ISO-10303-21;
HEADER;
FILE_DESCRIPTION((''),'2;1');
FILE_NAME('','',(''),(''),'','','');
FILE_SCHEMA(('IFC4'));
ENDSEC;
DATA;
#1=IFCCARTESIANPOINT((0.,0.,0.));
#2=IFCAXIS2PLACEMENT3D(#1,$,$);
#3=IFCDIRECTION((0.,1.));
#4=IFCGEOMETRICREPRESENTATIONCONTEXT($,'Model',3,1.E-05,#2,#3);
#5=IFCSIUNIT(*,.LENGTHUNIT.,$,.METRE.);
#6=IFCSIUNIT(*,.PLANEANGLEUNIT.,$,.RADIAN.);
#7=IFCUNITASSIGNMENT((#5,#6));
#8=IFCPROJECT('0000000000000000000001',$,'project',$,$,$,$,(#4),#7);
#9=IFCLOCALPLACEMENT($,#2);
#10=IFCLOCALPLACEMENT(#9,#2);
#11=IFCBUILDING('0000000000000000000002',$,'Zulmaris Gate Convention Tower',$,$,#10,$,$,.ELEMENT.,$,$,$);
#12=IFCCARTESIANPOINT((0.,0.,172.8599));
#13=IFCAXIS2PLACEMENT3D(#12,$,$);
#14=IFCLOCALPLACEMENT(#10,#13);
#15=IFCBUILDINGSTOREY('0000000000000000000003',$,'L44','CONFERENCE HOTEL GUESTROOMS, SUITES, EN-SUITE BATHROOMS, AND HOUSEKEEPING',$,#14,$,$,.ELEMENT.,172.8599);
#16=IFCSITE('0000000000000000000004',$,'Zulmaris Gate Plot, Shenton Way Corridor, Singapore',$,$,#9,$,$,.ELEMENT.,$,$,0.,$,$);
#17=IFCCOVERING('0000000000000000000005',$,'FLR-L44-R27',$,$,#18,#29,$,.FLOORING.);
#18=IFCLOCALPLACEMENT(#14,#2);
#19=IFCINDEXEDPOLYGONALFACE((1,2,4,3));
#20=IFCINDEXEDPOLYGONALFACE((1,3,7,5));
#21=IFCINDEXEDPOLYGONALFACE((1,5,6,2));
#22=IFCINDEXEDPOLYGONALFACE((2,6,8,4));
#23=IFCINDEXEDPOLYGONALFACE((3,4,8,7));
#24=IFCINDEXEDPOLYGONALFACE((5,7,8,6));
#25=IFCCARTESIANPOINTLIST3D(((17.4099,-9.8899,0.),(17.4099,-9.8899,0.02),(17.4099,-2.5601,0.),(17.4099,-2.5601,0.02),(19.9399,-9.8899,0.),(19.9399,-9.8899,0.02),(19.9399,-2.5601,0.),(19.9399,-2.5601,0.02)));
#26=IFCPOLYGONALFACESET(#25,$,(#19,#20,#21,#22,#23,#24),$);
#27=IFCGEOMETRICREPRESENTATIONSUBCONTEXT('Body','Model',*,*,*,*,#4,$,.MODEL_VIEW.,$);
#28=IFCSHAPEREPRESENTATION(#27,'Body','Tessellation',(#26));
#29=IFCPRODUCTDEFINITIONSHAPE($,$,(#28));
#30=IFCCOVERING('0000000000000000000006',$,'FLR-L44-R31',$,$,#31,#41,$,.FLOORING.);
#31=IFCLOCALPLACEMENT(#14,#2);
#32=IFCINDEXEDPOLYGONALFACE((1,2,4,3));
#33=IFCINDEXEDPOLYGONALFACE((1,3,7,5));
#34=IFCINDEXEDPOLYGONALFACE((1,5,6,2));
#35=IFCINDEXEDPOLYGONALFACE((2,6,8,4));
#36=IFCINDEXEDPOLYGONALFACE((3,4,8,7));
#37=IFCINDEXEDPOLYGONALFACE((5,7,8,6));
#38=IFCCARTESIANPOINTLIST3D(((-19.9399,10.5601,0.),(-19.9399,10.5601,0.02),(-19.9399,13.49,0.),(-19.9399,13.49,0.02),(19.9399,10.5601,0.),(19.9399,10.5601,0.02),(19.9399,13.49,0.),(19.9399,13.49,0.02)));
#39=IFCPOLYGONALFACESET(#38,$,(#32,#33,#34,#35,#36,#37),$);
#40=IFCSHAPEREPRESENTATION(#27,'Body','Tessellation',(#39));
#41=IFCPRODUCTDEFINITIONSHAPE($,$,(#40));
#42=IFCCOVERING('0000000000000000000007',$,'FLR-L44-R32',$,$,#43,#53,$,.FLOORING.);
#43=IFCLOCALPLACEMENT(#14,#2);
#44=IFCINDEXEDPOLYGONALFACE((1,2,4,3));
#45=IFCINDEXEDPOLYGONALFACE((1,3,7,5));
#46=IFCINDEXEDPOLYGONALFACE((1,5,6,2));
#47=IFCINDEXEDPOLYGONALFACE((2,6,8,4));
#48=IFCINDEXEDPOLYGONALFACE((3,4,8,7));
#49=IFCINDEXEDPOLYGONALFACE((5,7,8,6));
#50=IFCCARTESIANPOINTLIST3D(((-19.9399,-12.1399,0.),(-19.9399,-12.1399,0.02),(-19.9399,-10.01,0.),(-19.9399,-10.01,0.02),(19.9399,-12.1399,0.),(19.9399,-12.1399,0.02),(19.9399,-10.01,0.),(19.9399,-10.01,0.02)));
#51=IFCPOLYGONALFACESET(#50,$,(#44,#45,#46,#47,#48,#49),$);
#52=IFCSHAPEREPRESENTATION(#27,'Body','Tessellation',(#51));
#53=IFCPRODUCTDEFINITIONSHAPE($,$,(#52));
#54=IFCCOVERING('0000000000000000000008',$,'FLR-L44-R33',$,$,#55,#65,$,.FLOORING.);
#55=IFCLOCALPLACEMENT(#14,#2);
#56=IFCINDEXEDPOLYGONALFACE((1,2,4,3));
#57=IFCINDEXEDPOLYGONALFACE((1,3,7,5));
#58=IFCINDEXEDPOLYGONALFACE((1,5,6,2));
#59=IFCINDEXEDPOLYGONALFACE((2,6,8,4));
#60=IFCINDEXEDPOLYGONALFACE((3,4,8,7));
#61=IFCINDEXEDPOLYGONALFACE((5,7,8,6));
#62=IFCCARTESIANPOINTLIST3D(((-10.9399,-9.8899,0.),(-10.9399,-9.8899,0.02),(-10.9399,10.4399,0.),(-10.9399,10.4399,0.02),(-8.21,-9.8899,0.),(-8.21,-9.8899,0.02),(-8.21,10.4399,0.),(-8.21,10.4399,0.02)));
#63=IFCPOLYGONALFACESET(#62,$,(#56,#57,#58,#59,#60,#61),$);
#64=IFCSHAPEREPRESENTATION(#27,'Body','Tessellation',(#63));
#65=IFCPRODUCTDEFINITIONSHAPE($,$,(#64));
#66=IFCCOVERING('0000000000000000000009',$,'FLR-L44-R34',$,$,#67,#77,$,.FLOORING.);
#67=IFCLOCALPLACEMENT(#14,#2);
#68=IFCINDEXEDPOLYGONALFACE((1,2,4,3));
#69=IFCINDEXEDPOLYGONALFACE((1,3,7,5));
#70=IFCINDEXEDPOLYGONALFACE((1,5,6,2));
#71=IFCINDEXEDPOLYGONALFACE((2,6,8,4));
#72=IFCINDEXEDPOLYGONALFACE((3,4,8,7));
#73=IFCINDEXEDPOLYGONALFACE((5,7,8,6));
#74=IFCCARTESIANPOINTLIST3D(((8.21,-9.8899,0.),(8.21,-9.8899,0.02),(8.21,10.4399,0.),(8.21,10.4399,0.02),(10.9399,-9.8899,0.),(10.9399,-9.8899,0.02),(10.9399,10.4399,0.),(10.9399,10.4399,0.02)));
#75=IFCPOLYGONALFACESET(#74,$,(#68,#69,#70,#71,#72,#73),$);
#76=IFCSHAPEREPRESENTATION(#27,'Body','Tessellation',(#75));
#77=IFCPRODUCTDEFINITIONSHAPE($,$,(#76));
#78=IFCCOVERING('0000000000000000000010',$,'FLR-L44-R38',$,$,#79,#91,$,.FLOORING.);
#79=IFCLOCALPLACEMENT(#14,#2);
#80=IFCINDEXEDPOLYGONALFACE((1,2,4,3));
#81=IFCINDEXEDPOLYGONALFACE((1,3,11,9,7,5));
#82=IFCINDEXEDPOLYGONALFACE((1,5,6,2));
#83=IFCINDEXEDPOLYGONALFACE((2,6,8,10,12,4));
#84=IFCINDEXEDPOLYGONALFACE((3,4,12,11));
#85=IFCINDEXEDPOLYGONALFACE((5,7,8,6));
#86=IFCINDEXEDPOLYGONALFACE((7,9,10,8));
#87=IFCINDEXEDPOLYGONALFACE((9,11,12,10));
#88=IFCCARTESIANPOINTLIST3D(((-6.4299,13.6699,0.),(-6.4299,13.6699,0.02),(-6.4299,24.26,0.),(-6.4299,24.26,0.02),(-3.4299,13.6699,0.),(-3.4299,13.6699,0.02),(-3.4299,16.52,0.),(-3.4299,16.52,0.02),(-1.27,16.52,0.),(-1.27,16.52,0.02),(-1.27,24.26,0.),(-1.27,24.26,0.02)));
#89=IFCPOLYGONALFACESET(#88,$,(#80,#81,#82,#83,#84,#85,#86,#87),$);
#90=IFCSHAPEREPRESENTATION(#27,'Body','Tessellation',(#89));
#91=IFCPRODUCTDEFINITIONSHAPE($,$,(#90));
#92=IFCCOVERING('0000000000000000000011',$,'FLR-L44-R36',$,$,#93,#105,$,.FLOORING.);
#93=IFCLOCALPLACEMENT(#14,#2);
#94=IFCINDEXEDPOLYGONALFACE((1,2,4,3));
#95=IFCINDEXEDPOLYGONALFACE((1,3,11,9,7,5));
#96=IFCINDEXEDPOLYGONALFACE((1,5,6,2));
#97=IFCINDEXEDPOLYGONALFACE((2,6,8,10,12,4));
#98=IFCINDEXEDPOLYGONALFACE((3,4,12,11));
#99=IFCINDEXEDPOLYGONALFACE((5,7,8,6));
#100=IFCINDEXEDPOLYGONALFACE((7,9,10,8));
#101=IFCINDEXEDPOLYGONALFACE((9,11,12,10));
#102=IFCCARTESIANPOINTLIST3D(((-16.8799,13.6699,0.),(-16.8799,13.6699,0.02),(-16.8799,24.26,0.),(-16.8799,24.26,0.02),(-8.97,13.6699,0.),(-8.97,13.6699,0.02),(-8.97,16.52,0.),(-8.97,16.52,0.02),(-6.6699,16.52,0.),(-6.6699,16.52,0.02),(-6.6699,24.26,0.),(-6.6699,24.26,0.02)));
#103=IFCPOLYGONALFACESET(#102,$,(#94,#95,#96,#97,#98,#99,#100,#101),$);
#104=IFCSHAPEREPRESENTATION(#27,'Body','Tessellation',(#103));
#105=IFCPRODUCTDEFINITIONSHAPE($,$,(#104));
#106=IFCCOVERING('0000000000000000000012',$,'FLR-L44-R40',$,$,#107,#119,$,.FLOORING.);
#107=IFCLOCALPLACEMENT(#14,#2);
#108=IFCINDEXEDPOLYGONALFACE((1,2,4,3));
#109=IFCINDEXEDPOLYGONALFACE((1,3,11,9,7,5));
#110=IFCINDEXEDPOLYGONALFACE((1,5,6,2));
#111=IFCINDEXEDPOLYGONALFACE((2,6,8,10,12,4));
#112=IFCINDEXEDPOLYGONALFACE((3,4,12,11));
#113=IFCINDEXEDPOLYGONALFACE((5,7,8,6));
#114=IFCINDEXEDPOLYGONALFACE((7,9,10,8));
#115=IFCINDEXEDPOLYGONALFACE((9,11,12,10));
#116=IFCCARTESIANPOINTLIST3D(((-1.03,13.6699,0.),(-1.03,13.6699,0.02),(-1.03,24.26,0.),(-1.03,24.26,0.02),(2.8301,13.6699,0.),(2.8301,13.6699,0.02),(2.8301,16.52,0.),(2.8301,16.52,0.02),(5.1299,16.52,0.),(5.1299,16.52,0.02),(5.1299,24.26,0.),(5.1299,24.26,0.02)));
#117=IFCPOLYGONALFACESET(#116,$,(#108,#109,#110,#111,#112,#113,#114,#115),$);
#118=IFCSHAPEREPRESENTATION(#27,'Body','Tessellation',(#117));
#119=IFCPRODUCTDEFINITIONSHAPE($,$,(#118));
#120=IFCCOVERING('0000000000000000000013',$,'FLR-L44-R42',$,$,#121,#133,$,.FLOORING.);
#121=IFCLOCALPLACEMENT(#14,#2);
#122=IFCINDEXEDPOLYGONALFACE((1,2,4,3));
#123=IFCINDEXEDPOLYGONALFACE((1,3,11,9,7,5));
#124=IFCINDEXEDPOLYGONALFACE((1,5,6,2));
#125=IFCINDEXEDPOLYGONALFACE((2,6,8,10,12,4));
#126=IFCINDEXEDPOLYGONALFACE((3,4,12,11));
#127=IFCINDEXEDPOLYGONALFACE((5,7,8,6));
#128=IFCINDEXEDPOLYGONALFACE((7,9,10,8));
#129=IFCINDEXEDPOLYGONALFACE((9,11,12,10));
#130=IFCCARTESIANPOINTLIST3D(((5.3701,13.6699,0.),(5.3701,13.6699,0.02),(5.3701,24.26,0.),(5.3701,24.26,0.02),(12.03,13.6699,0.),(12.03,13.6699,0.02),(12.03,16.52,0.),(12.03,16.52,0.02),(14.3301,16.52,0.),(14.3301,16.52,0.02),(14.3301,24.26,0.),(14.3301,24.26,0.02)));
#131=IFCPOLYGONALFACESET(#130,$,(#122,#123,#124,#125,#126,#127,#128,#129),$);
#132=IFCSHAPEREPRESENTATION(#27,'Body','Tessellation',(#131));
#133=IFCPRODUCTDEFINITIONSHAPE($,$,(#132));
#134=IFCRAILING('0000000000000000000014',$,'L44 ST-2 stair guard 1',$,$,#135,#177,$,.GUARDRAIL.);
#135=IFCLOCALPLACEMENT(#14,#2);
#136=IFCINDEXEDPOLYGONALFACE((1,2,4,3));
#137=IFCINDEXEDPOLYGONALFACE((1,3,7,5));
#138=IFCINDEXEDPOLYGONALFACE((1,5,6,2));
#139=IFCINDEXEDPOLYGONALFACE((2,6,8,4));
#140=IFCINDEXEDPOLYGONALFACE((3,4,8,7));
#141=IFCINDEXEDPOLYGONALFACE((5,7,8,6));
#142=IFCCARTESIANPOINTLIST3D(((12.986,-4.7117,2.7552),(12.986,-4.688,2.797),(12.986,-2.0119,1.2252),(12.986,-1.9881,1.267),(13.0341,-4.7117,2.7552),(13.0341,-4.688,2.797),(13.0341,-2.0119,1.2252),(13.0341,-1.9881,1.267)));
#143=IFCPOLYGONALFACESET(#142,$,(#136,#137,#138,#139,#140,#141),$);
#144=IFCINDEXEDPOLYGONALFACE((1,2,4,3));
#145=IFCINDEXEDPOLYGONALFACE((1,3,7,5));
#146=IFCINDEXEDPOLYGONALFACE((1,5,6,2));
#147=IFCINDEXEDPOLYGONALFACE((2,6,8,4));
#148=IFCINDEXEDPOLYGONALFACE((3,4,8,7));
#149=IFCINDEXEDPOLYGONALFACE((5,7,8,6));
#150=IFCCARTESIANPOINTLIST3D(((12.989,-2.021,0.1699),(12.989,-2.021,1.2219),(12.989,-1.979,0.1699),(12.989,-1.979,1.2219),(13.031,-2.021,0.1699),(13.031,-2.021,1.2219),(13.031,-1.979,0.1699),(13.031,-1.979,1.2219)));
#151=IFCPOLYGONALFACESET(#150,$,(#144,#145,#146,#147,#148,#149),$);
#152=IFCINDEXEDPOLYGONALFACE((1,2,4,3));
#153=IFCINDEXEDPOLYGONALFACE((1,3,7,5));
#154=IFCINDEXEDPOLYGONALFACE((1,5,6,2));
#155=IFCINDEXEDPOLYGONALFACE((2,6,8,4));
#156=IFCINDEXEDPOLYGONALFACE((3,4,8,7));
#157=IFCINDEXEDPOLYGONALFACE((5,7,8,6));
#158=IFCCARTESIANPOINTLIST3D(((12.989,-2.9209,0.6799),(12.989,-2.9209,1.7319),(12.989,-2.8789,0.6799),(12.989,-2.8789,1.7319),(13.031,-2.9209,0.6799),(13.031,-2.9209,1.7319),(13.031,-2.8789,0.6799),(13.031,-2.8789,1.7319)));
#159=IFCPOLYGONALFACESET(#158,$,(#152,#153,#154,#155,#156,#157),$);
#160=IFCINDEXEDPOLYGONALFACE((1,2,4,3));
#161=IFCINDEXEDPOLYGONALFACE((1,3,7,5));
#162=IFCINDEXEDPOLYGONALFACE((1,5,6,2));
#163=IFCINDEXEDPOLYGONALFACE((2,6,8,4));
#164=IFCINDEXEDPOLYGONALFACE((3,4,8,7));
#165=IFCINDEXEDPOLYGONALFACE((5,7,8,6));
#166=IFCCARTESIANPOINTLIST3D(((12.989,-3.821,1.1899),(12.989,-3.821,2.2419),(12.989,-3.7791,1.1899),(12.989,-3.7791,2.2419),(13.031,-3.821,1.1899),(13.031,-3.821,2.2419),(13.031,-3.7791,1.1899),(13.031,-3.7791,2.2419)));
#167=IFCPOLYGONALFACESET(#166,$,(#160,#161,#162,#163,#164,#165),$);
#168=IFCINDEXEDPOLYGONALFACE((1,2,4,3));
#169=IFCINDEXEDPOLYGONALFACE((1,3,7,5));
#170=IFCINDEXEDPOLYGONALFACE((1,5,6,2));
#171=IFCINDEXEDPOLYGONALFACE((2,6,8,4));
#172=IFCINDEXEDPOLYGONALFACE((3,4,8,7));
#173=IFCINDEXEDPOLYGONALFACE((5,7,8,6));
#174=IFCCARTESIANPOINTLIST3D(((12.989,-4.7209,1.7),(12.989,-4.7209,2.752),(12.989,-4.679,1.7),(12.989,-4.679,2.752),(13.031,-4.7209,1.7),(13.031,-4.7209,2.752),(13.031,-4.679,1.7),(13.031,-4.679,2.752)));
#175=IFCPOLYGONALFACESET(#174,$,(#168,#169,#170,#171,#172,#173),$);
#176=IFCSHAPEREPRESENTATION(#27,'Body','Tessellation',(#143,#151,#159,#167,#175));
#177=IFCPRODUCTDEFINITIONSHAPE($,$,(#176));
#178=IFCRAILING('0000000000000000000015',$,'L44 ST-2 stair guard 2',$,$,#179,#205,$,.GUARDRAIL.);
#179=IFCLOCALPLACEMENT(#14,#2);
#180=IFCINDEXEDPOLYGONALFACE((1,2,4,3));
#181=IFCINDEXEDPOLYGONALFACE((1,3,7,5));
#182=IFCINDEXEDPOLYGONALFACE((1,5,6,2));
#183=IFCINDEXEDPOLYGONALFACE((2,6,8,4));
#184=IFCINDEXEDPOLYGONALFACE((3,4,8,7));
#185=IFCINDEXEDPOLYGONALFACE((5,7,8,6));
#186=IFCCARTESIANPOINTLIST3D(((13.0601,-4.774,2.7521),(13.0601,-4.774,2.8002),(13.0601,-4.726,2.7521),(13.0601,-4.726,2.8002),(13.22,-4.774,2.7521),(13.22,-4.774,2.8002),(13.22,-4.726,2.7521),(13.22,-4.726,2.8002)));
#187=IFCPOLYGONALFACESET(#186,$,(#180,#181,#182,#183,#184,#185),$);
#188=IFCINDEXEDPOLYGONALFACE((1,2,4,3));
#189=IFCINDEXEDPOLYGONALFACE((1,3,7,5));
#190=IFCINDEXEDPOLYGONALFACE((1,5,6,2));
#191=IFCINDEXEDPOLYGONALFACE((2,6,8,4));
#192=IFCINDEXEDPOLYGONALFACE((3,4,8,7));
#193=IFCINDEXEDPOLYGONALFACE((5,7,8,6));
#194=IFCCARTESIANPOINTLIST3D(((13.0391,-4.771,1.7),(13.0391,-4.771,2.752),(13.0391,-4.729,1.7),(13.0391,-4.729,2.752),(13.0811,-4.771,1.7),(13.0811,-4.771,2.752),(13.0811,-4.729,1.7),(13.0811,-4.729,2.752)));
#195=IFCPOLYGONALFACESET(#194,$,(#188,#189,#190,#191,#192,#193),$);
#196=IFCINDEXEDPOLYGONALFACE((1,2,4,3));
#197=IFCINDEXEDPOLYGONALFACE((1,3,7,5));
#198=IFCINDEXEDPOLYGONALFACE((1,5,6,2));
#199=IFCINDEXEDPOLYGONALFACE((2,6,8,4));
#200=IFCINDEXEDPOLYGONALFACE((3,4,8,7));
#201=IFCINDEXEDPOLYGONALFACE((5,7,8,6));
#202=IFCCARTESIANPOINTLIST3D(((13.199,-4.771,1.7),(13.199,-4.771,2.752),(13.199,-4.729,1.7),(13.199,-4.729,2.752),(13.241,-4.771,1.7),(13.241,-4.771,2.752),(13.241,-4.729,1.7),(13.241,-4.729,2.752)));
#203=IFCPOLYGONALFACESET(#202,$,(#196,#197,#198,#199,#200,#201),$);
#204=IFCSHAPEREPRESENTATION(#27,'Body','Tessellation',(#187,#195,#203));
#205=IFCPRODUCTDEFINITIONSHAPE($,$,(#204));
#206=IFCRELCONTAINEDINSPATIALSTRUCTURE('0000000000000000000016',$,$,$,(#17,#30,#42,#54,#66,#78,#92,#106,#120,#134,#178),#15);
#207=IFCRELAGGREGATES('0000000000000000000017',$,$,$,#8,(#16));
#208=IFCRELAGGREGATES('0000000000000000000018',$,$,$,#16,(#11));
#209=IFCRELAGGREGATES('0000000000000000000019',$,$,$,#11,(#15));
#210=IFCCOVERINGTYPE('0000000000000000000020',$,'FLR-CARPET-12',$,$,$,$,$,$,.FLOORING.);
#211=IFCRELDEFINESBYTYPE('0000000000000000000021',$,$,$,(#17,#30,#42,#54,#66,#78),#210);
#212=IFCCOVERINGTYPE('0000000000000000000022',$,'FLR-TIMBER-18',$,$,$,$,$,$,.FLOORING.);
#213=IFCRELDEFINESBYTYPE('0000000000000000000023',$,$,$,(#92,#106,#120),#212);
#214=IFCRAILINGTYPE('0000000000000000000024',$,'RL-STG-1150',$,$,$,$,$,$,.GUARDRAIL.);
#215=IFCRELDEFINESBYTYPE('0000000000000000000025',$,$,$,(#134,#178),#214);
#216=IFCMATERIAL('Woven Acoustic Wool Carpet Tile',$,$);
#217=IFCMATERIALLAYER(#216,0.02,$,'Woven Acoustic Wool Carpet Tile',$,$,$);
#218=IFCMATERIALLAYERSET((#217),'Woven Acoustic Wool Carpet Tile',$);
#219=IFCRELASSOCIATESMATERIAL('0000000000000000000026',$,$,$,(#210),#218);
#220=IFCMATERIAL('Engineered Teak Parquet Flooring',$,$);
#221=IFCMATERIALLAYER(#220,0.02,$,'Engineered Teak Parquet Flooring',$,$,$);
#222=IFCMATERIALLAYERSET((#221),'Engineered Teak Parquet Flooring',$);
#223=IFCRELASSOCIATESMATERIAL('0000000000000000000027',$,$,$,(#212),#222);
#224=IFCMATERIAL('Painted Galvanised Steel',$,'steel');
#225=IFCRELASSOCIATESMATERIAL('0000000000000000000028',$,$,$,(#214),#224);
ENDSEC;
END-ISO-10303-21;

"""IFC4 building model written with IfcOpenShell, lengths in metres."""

from ifc_helpers import new_model, si_unit, direction, frame, origin, origin_2d, place, context, subcontext, project, spatial, polyline, rectangle, outline, extrude, material, layer, layer_set, type_object, element, save


model = new_model("IFC4")

# Units and contexts
model_context = context("Model", 3, precision=1e-05, world=origin(), true_north=direction((0.0, 1.0)))
body_context = subcontext(model_context, "Body", "Model", "MODEL_VIEW")
ifc_project = project(units=[si_unit("LENGTHUNIT", "METRE"), si_unit("PLANEANGLEUNIT", "RADIAN")], contexts=[model_context])

# Site, building, storey
site_placement = place(None, origin())
site = spatial("IfcSite", under=ifc_project, at=site_placement, Name="Zulmaris Gate Plot, Shenton Way Corridor, Singapore", CompositionType="ELEMENT", RefElevation=0.0)
building_placement = place(site_placement, origin())
building = spatial("IfcBuilding", under=site, at=building_placement, Name="Zulmaris Gate Convention Tower", CompositionType="ELEMENT")
storey_placement = place(building_placement, frame((0.0, 0.0, 172.8599)))
storey = spatial("IfcBuildingStorey", under=building, at=storey_placement, Name="L44", Description="CONFERENCE HOTEL GUESTROOMS, SUITES, EN-SUITE BATHROOMS, AND HOUSEKEEPING", CompositionType="ELEMENT", Elevation=172.8599)

# Coverings
ifc_material_1 = material(Name="Woven Acoustic Wool Carpet Tile")
ifc_layer_1 = layer(ifc_material_1, 0.02, Name="Woven Acoustic Wool Carpet Tile")
ifc_layer_set_1 = layer_set([ifc_layer_1], Name="Woven Acoustic Wool Carpet Tile")
covering_type_1 = type_object("IfcCoveringType", Name="FLR-CARPET-12", PredefinedType="FLOORING", material=ifc_layer_set_1)
covering_1_placement = place(storey_placement, origin())
element("IfcCovering", 1, at=covering_1_placement, inside=storey, type_object=covering_type_1, Name="FLR-L44-R27", PredefinedType="FLOORING", context=body_context, shape_type="SweptSolid", body=[
    extrude(outline(polyline([(17.4099, -9.8899), (19.9399, -9.8899), (19.9399, -2.5601), (17.4099, -2.5601), (17.4099, -9.8899)])), origin(), (0.0, 0.0, 1.0), 0.02),
])
covering_2_placement = place(storey_placement, origin())
element("IfcCovering", 2, at=covering_2_placement, inside=storey, type_object=covering_type_1, Name="FLR-L44-R31", PredefinedType="FLOORING", context=body_context, shape_type="SweptSolid", body=[
    extrude(outline(polyline([(-19.9399, 10.5601), (19.9399, 10.5601), (19.9399, 13.49), (-19.9399, 13.49), (-19.9399, 10.5601)])), origin(), (0.0, 0.0, 1.0), 0.02),
])
covering_3_placement = place(storey_placement, origin())
element("IfcCovering", 3, at=covering_3_placement, inside=storey, type_object=covering_type_1, Name="FLR-L44-R32", PredefinedType="FLOORING", context=body_context, shape_type="SweptSolid", body=[
    extrude(outline(polyline([(-19.9399, -12.1399), (19.9399, -12.1399), (19.9399, -10.01), (-19.9399, -10.01), (-19.9399, -12.1399)])), origin(), (0.0, 0.0, 1.0), 0.02),
])
covering_4_placement = place(storey_placement, origin())
element("IfcCovering", 4, at=covering_4_placement, inside=storey, type_object=covering_type_1, Name="FLR-L44-R33", PredefinedType="FLOORING", context=body_context, shape_type="SweptSolid", body=[
    extrude(outline(polyline([(-10.9399, -9.8899), (-8.21, -9.8899), (-8.21, 10.4399), (-10.9399, 10.4399), (-10.9399, -9.8899)])), origin(), (0.0, 0.0, 1.0), 0.02),
])
covering_5_placement = place(storey_placement, origin())
element("IfcCovering", 5, at=covering_5_placement, inside=storey, type_object=covering_type_1, Name="FLR-L44-R34", PredefinedType="FLOORING", context=body_context, shape_type="SweptSolid", body=[
    extrude(outline(polyline([(8.21, -9.8899), (10.9399, -9.8899), (10.9399, 10.4399), (8.21, 10.4399), (8.21, -9.8899)])), origin(), (0.0, 0.0, 1.0), 0.02),
])
covering_6_placement = place(storey_placement, origin())
element("IfcCovering", 6, at=covering_6_placement, inside=storey, type_object=covering_type_1, Name="FLR-L44-R38", PredefinedType="FLOORING", context=body_context, shape_type="SweptSolid", body=[
    extrude(outline(polyline([(-6.4299, 13.6699), (-3.4299, 13.6699), (-3.4299, 16.52), (-1.27, 16.52), (-1.27, 24.26), (-6.4299, 24.26), (-6.4299, 13.6699)])), origin(), (0.0, 0.0, 1.0), 0.02),
])
ifc_material_2 = material(Name="Engineered Teak Parquet Flooring")
ifc_layer_2 = layer(ifc_material_2, 0.02, Name="Engineered Teak Parquet Flooring")
ifc_layer_set_2 = layer_set([ifc_layer_2], Name="Engineered Teak Parquet Flooring")
covering_type_2 = type_object("IfcCoveringType", Name="FLR-TIMBER-18", PredefinedType="FLOORING", material=ifc_layer_set_2)
covering_7_placement = place(storey_placement, origin())
element("IfcCovering", 7, at=covering_7_placement, inside=storey, type_object=covering_type_2, Name="FLR-L44-R36", PredefinedType="FLOORING", context=body_context, shape_type="SweptSolid", body=[
    extrude(outline(polyline([(-16.8799, 13.6699), (-8.97, 13.6699), (-8.97, 16.52), (-6.6699, 16.52), (-6.6699, 24.26), (-16.8799, 24.26), (-16.8799, 13.6699)])), origin(), (0.0, 0.0, 1.0), 0.02),
])
covering_8_placement = place(storey_placement, origin())
element("IfcCovering", 8, at=covering_8_placement, inside=storey, type_object=covering_type_2, Name="FLR-L44-R40", PredefinedType="FLOORING", context=body_context, shape_type="SweptSolid", body=[
    extrude(outline(polyline([(-1.03, 13.6699), (2.8301, 13.6699), (2.8301, 16.52), (5.1299, 16.52), (5.1299, 24.26), (-1.03, 24.26), (-1.03, 13.6699)])), origin(), (0.0, 0.0, 1.0), 0.02),
])
covering_9_placement = place(storey_placement, origin())
element("IfcCovering", 9, at=covering_9_placement, inside=storey, type_object=covering_type_2, Name="FLR-L44-R42", PredefinedType="FLOORING", context=body_context, shape_type="SweptSolid", body=[
    extrude(outline(polyline([(5.3701, 13.6699), (12.03, 13.6699), (12.03, 16.52), (14.3301, 16.52), (14.3301, 24.26), (5.3701, 24.26), (5.3701, 13.6699)])), origin(), (0.0, 0.0, 1.0), 0.02),
])

# Railings
ifc_material_3 = material(Name="Painted Galvanised Steel", Category="steel")
railing_type_1 = type_object("IfcRailingType", Name="RL-STG-1150", PredefinedType="GUARDRAIL", material=ifc_material_3)
railing_1_placement = place(storey_placement, frame((13.01, -2.0, 0.1699)))
element("IfcRailing", 10, at=railing_1_placement, inside=storey, type_object=railing_type_1, Name="L44 ST-2 stair guard 1", PredefinedType="GUARDRAIL", context=body_context, shape_type="SweptSolid", body=[
    extrude(rectangle(XDim=0.0481, YDim=0.0481, at=origin_2d()), frame((0.0, 0.0, 1.0762), z_axis=(0.0, -0.870014, 0.493026), x_axis=(1.0, 0.0, 0.0)), (0.0, 0.0, 1.0), 3.1033),
    extrude(rectangle(XDim=0.042, YDim=0.042, at=origin_2d()), origin(), (0.0, 0.0, 1.0), 1.052),
    extrude(rectangle(XDim=0.042, YDim=0.042, at=origin_2d()), frame((0.0, -0.8999, 0.51)), (0.0, 0.0, 1.0), 1.052),
    extrude(rectangle(XDim=0.042, YDim=0.042, at=origin_2d()), frame((0.0, -1.8, 1.02)), (0.0, 0.0, 1.0), 1.052),
    extrude(rectangle(XDim=0.042, YDim=0.042, at=origin_2d()), frame((0.0, -2.7, 1.53)), (0.0, 0.0, 1.0), 1.052),
])
railing_2_placement = place(storey_placement, frame((13.0601, -4.75, 1.7)))
element("IfcRailing", 11, at=railing_2_placement, inside=storey, type_object=railing_type_1, Name="L44 ST-2 stair guard 2", PredefinedType="GUARDRAIL", context=body_context, shape_type="SweptSolid", body=[
    extrude(rectangle(XDim=0.0481, YDim=0.0481, at=origin_2d()), frame((0.0, 0.0, 1.0762), z_axis=(1.0, 0.0, 0.0), x_axis=(0.0, 1.0, 0.0)), (0.0, 0.0, 1.0), 0.1599),
    extrude(rectangle(XDim=0.042, YDim=0.042, at=origin_2d()), origin(), (0.0, 0.0, 1.0), 1.052),
    extrude(rectangle(XDim=0.042, YDim=0.042, at=origin_2d()), frame((0.1599, 0.0, 0.0)), (0.0, 0.0, 1.0), 1.052),
])

save(model, "model.ifc")
